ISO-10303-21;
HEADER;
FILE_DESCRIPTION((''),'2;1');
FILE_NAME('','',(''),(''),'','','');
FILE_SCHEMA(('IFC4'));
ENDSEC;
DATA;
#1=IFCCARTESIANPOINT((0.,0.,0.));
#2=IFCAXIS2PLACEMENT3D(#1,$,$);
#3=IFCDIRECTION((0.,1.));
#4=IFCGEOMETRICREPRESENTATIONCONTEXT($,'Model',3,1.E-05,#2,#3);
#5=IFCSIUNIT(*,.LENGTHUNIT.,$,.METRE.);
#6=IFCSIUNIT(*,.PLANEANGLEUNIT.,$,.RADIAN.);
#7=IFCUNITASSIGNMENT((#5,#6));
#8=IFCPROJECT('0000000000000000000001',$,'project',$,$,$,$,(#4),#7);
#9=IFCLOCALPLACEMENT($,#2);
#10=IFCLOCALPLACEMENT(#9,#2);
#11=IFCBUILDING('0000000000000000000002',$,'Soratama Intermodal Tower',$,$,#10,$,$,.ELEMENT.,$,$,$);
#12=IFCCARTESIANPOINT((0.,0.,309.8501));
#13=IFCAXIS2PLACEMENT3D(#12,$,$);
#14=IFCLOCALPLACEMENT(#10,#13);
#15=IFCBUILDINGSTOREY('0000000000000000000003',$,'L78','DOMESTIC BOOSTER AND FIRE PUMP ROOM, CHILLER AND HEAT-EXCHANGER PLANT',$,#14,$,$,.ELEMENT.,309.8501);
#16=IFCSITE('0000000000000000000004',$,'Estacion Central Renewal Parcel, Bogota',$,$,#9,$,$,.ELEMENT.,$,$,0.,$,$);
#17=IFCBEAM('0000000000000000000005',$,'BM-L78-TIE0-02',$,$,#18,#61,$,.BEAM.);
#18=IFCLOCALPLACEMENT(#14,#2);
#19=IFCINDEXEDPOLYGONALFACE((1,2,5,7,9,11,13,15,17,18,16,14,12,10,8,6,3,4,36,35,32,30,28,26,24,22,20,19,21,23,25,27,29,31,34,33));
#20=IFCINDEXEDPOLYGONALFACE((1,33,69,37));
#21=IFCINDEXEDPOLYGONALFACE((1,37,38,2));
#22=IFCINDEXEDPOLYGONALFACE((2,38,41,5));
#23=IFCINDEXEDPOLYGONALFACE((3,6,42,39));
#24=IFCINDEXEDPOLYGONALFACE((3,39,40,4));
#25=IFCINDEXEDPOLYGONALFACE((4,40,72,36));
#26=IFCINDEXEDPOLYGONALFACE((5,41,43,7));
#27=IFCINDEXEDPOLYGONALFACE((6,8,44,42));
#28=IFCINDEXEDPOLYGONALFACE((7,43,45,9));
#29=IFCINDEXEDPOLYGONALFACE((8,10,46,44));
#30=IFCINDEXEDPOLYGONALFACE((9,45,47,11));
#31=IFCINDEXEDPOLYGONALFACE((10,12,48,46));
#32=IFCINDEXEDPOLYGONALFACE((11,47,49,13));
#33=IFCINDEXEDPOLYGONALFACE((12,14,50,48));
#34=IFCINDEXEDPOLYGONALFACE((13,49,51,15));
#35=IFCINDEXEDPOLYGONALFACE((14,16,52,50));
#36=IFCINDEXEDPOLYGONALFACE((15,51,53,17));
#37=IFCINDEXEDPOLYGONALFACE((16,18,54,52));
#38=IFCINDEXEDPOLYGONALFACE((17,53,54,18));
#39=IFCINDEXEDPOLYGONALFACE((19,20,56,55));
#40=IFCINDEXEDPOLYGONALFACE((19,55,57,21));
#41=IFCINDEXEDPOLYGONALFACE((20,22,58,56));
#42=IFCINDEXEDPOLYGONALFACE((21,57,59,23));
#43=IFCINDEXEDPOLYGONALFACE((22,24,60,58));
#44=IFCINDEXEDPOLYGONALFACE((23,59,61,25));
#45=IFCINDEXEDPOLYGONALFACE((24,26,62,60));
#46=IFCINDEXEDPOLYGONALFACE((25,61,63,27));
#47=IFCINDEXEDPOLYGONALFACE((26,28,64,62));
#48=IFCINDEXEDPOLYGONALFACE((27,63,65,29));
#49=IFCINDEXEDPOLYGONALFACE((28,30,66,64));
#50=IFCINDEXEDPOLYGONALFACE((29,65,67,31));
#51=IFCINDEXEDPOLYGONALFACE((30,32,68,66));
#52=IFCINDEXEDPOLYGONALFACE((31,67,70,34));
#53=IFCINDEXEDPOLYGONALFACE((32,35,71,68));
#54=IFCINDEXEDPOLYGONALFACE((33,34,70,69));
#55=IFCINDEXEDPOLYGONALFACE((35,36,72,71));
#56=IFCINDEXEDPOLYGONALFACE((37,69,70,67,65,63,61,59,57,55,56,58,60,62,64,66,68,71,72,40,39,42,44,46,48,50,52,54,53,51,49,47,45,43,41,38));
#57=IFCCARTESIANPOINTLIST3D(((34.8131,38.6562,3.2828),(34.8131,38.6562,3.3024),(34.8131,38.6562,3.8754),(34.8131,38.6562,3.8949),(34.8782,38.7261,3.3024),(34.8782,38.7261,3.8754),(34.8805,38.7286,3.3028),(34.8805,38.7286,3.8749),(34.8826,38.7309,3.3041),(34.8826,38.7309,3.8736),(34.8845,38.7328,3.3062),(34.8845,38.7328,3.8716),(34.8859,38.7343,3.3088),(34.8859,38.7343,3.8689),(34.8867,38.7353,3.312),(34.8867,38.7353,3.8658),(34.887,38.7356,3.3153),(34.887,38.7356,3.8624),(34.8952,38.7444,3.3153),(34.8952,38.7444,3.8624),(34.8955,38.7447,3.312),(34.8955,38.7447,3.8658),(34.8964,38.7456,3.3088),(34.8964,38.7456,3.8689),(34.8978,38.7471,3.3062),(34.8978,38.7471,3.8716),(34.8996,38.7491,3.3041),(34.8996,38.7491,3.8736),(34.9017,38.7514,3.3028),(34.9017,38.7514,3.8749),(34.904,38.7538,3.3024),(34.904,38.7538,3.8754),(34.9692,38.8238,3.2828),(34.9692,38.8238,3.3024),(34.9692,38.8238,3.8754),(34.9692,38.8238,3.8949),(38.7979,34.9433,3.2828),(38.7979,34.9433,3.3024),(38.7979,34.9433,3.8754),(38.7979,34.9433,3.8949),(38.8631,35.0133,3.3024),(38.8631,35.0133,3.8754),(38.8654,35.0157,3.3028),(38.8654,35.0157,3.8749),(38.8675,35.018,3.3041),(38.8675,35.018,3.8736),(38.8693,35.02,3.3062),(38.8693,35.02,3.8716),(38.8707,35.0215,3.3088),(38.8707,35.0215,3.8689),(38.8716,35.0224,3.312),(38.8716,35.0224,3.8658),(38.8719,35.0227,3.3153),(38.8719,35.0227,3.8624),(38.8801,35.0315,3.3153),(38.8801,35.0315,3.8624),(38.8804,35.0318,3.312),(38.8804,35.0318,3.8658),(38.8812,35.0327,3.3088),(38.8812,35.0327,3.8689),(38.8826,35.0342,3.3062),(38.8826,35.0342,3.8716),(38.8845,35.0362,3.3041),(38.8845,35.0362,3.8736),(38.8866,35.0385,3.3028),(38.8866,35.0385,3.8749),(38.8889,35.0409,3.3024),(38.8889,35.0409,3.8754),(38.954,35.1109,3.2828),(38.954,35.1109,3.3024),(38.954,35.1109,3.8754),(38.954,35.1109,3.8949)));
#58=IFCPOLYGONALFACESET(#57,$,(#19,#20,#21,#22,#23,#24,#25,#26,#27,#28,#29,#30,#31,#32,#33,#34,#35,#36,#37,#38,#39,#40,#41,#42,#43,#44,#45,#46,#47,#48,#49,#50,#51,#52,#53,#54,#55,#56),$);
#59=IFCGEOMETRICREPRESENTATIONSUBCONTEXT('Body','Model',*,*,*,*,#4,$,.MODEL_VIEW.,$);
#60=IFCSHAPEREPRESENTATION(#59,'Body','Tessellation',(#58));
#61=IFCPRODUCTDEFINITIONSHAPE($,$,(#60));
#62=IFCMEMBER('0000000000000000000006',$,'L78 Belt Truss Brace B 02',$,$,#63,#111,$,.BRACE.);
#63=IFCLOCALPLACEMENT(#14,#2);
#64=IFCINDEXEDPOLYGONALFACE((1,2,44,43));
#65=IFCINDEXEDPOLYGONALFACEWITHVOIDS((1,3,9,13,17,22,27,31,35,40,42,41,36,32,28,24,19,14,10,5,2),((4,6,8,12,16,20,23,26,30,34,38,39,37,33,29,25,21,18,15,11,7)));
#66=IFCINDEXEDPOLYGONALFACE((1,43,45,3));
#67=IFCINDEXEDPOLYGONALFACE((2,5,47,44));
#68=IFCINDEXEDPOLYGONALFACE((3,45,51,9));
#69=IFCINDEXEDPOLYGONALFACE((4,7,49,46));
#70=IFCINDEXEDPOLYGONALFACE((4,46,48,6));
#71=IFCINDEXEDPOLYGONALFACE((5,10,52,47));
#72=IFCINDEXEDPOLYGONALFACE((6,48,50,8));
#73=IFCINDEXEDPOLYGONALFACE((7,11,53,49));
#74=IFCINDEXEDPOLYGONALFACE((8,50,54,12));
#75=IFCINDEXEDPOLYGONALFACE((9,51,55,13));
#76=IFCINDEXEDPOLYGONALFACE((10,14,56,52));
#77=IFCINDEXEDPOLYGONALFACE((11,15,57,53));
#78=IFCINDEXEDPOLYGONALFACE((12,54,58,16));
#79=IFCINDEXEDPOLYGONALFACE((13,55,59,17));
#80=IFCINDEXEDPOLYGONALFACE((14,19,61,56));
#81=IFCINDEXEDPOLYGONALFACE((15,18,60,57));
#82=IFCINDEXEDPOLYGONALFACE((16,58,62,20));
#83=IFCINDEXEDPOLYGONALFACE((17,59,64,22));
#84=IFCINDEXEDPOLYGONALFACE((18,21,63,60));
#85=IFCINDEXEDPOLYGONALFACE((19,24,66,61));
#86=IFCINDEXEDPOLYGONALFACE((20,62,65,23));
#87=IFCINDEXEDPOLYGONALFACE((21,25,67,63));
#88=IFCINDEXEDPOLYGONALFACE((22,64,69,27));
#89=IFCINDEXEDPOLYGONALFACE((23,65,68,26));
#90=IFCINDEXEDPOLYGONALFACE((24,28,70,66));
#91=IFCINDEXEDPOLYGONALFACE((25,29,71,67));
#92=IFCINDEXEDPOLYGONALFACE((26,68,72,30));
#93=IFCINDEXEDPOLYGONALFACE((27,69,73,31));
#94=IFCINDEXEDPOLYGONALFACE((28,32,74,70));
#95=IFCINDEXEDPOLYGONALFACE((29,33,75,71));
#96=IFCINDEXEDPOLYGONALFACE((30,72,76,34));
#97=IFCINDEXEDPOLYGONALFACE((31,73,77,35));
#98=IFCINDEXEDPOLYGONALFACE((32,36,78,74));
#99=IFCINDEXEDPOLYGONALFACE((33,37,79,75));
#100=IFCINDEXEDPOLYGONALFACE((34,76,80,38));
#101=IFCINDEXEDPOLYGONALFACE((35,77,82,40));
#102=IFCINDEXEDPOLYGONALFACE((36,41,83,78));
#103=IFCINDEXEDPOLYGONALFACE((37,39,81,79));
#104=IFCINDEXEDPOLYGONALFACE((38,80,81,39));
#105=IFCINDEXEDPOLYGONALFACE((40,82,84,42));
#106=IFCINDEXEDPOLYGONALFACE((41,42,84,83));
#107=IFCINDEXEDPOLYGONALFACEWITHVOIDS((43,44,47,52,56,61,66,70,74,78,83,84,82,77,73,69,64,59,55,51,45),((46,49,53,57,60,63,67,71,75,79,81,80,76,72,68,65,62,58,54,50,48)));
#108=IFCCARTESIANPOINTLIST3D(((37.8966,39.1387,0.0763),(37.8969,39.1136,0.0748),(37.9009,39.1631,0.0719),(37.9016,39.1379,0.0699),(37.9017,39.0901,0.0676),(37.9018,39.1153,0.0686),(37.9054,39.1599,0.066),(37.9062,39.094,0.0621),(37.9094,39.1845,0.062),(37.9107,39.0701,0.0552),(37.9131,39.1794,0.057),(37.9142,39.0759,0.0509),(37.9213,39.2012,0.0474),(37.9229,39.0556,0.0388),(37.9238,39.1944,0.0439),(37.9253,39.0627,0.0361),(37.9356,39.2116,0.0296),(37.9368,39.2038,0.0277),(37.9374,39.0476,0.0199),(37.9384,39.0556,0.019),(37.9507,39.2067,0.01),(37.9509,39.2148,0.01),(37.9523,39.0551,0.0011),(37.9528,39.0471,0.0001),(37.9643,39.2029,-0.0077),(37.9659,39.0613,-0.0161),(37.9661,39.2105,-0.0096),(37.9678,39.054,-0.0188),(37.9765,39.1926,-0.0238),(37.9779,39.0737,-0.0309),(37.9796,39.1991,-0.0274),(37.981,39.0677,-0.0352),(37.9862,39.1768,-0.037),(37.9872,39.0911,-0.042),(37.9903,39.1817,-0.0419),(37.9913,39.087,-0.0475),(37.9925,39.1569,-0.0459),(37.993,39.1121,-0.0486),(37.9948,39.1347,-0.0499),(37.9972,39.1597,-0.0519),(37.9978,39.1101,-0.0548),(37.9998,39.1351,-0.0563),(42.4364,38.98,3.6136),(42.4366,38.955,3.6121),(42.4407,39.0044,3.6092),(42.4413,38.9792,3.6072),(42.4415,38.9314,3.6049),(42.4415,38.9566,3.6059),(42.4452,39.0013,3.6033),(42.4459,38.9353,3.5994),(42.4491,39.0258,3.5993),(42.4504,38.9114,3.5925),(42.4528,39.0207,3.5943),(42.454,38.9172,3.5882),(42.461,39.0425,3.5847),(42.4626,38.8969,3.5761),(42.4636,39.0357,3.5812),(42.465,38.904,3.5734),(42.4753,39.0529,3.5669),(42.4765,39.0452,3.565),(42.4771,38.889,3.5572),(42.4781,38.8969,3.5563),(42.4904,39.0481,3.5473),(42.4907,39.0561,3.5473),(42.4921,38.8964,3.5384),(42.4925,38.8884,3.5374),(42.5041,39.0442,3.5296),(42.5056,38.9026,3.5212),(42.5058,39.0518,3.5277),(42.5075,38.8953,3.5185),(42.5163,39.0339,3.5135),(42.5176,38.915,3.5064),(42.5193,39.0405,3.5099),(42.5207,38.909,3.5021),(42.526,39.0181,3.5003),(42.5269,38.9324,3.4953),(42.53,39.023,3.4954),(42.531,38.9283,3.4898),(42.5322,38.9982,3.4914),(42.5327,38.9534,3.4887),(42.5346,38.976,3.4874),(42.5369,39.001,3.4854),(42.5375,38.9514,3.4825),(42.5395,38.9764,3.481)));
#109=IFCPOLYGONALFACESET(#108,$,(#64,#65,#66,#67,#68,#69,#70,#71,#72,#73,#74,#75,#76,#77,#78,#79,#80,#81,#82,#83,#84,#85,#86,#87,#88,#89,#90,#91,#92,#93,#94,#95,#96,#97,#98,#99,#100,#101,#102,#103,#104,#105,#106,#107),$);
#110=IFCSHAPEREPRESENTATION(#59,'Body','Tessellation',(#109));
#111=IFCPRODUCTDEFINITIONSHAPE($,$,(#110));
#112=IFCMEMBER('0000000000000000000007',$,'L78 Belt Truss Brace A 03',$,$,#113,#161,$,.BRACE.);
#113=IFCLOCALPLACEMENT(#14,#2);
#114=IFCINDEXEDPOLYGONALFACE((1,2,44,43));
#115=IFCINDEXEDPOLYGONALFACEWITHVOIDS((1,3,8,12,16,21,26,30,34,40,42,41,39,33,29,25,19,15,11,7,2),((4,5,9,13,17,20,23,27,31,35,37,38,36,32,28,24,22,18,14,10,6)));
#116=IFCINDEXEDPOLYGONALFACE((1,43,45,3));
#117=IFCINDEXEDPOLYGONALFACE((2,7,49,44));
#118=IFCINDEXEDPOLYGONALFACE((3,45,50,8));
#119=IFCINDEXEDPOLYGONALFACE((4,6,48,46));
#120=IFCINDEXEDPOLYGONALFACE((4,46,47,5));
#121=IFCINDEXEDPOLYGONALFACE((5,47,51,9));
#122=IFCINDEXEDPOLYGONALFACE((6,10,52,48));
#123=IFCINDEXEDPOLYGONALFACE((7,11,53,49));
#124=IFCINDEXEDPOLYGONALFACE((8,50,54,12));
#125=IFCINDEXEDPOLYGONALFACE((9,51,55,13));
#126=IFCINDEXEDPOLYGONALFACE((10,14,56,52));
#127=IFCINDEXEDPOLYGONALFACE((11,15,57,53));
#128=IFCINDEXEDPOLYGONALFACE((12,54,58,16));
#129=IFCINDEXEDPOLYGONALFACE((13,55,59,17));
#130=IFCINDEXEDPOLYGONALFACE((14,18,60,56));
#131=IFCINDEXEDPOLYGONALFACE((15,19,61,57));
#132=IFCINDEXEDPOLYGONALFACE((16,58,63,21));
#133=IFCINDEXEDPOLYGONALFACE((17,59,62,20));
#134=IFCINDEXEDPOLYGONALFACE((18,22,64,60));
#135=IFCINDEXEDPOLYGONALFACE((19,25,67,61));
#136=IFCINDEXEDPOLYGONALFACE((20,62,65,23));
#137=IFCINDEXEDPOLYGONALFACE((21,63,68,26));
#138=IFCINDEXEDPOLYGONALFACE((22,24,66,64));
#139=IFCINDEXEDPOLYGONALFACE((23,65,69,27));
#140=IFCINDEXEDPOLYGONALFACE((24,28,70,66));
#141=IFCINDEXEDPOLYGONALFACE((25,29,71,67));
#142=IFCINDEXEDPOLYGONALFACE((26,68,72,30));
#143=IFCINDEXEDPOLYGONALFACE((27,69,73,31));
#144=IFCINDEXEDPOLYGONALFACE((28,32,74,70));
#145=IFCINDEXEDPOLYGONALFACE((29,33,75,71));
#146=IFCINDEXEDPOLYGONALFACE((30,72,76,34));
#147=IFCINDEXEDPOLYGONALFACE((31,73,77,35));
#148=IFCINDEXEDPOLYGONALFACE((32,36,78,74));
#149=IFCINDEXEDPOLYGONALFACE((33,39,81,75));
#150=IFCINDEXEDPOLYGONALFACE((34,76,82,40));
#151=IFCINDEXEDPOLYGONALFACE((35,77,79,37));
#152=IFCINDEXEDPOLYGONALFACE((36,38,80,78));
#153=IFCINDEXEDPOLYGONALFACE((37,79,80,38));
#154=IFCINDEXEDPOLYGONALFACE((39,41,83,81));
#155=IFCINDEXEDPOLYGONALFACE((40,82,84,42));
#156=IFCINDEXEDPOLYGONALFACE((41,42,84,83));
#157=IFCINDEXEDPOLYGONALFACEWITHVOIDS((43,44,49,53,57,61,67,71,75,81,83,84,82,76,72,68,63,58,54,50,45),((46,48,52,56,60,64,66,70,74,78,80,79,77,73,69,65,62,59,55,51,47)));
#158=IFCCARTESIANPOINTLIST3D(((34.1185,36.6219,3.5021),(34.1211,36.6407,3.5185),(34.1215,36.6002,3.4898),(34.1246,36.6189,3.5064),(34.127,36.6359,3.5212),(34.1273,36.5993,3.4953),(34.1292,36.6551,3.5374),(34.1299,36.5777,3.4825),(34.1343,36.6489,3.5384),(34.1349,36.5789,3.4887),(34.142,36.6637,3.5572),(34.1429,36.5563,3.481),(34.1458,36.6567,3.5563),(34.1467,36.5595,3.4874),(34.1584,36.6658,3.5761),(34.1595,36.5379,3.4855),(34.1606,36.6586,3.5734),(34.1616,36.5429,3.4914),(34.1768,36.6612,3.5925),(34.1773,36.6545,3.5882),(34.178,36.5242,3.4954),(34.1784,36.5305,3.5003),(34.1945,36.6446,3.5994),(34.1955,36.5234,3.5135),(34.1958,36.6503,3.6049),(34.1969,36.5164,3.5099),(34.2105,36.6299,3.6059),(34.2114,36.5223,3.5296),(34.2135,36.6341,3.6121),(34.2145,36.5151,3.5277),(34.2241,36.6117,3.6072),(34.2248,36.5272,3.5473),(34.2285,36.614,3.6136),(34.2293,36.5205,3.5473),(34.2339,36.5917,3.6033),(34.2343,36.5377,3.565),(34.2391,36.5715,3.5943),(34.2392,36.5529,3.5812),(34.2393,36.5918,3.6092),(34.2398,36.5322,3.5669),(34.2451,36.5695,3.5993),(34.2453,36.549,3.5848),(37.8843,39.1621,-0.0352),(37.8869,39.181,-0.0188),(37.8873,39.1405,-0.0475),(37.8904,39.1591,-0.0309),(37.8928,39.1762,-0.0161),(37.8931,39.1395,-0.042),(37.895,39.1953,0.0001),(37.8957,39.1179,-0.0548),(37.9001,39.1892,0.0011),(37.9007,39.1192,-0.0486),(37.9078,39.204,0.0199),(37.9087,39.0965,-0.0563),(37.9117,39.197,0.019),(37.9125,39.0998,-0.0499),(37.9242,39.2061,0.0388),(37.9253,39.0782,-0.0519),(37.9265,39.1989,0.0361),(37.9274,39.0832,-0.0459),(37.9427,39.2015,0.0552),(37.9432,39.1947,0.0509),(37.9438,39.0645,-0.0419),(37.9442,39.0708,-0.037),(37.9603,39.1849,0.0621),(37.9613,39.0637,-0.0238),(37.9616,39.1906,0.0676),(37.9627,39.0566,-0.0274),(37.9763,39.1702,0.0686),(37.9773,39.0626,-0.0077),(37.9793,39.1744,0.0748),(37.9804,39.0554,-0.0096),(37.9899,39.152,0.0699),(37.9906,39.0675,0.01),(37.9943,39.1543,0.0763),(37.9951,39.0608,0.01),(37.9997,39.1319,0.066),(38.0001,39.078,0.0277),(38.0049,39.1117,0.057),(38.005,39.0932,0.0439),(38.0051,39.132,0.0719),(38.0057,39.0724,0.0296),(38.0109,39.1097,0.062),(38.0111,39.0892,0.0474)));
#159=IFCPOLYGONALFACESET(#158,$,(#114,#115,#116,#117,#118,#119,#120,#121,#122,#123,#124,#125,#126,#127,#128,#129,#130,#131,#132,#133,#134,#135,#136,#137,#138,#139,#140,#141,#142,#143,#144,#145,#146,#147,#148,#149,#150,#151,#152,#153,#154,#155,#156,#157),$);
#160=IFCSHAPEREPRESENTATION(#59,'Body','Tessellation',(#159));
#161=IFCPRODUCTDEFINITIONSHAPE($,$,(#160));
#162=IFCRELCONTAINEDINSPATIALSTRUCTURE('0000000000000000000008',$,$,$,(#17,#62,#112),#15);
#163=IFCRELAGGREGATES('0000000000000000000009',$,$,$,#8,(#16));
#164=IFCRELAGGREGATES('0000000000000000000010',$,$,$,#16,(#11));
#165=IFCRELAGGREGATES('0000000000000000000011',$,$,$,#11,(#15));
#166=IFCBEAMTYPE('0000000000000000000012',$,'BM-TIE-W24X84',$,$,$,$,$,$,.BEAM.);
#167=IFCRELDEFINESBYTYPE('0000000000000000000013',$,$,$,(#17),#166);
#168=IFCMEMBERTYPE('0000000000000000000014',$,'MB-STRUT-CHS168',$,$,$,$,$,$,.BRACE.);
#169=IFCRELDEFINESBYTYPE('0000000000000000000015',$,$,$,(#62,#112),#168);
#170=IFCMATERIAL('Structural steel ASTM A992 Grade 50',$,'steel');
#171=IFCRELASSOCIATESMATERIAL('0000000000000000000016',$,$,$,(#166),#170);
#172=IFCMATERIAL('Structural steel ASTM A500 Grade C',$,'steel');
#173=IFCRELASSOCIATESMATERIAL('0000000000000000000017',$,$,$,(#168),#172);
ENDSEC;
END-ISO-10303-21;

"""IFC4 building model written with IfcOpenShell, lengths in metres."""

from ifc_helpers import new_model, si_unit, direction, frame, origin, origin_2d, place, context, subcontext, project, spatial, hollow_circle, i_section, extrude, material, material_profile, profile_set, type_object, element, save


model = new_model("IFC4")

# Units and contexts
model_context = context("Model", 3, precision=1e-05, world=origin(), true_north=direction((0.0, 1.0)))
body_context = subcontext(model_context, "Body", "Model", "MODEL_VIEW")
ifc_project = project(units=[si_unit("LENGTHUNIT", "METRE"), si_unit("PLANEANGLEUNIT", "RADIAN")], contexts=[model_context])

# Site, building, storey
site_placement = place(None, origin())
site = spatial("IfcSite", under=ifc_project, at=site_placement, Name="Estacion Central Renewal Parcel, Bogota", CompositionType="ELEMENT", RefElevation=0.0)
building_placement = place(site_placement, origin())
building = spatial("IfcBuilding", under=site, at=building_placement, Name="Soratama Intermodal Tower", CompositionType="ELEMENT")
storey_placement = place(building_placement, frame((0.0, 0.0, 309.8501)))
storey = spatial("IfcBuildingStorey", under=building, at=storey_placement, Name="L78", Description="DOMESTIC BOOSTER AND FIRE PUMP ROOM, CHILLER AND HEAT-EXCHANGER PLANT", CompositionType="ELEMENT", Elevation=309.8501)

# Beam
ifc_material_1 = material(Name="Structural steel ASTM A992 Grade 50", Category="steel")
ifc_material_profile_1 = material_profile(ifc_material_1, i_section(OverallWidth=0.229, OverallDepth=0.6121, WebThickness=0.012, FlangeThickness=0.0195, FilletRadius=0.0129, at=origin_2d()), Name="W24X84")
ifc_profile_set_1 = profile_set([ifc_material_profile_1], Name="Structural steel ASTM A992 Grade 50")
beam_type_1 = type_object("IfcBeamType", Name="BM-TIE-W24X84", PredefinedType="BEAM", material=ifc_profile_set_1)
beam_1_placement = place(storey_placement, frame((38.876, 35.0271, 3.5889), z_axis=(-0.731633, 0.681698, 0.0), x_axis=(-0.681698, -0.731633, 0.0)))
element("IfcBeam", 1, at=beam_1_placement, inside=storey, type_object=beam_type_1, Name="BM-L78-TIE0-02", PredefinedType="BEAM", context=body_context, shape_type="SweptSolid", body=[
    extrude(i_section(OverallWidth=0.229, OverallDepth=0.6121, WebThickness=0.012, FlangeThickness=0.0195, FilletRadius=0.0129, at=origin_2d()), origin(), (0.0, 0.0, 1.0), 5.4465),
])

# Members
ifc_material_2 = material(Name="Structural steel ASTM A500 Grade C", Category="steel")
ifc_material_profile_2 = material_profile(ifc_material_2, hollow_circle(Radius=0.0842, WallThickness=0.0081, at=origin_2d()), Name="CHS168X8")
ifc_profile_set_2 = profile_set([ifc_material_profile_2], Name="Structural steel ASTM A500 Grade C")
member_type = type_object("IfcMemberType", Name="MB-STRUT-CHS168", PredefinedType="BRACE", material=ifc_profile_set_2)
for number, where, z_axis, x_axis, name in (
    (2, (37.948, 39.1306, 0.01), (0.788513, -0.027563, 0.6144), (0.034934, 0.99939, 0.0), "L78 Belt Truss Brace B 02"),
    (3, (37.948, 39.1306, 0.01), (-0.654092, -0.44122, 0.614401), (0.559219, -0.82902, 0.0), "L78 Belt Truss Brace A 03"),
):
    element("IfcMember", number, at=place(storey_placement, frame(where, z_axis=z_axis, x_axis=x_axis)), inside=storey, type_object=member_type, Name=name, PredefinedType="BRACE", context=body_context, shape_type="SweptSolid", body=[
        extrude(hollow_circle(Radius=0.0842, WallThickness=0.0081, at=origin_2d()), origin(), (0.0, 0.0, 1.0), 5.7573),
    ])

save(model, "model.ifc")
